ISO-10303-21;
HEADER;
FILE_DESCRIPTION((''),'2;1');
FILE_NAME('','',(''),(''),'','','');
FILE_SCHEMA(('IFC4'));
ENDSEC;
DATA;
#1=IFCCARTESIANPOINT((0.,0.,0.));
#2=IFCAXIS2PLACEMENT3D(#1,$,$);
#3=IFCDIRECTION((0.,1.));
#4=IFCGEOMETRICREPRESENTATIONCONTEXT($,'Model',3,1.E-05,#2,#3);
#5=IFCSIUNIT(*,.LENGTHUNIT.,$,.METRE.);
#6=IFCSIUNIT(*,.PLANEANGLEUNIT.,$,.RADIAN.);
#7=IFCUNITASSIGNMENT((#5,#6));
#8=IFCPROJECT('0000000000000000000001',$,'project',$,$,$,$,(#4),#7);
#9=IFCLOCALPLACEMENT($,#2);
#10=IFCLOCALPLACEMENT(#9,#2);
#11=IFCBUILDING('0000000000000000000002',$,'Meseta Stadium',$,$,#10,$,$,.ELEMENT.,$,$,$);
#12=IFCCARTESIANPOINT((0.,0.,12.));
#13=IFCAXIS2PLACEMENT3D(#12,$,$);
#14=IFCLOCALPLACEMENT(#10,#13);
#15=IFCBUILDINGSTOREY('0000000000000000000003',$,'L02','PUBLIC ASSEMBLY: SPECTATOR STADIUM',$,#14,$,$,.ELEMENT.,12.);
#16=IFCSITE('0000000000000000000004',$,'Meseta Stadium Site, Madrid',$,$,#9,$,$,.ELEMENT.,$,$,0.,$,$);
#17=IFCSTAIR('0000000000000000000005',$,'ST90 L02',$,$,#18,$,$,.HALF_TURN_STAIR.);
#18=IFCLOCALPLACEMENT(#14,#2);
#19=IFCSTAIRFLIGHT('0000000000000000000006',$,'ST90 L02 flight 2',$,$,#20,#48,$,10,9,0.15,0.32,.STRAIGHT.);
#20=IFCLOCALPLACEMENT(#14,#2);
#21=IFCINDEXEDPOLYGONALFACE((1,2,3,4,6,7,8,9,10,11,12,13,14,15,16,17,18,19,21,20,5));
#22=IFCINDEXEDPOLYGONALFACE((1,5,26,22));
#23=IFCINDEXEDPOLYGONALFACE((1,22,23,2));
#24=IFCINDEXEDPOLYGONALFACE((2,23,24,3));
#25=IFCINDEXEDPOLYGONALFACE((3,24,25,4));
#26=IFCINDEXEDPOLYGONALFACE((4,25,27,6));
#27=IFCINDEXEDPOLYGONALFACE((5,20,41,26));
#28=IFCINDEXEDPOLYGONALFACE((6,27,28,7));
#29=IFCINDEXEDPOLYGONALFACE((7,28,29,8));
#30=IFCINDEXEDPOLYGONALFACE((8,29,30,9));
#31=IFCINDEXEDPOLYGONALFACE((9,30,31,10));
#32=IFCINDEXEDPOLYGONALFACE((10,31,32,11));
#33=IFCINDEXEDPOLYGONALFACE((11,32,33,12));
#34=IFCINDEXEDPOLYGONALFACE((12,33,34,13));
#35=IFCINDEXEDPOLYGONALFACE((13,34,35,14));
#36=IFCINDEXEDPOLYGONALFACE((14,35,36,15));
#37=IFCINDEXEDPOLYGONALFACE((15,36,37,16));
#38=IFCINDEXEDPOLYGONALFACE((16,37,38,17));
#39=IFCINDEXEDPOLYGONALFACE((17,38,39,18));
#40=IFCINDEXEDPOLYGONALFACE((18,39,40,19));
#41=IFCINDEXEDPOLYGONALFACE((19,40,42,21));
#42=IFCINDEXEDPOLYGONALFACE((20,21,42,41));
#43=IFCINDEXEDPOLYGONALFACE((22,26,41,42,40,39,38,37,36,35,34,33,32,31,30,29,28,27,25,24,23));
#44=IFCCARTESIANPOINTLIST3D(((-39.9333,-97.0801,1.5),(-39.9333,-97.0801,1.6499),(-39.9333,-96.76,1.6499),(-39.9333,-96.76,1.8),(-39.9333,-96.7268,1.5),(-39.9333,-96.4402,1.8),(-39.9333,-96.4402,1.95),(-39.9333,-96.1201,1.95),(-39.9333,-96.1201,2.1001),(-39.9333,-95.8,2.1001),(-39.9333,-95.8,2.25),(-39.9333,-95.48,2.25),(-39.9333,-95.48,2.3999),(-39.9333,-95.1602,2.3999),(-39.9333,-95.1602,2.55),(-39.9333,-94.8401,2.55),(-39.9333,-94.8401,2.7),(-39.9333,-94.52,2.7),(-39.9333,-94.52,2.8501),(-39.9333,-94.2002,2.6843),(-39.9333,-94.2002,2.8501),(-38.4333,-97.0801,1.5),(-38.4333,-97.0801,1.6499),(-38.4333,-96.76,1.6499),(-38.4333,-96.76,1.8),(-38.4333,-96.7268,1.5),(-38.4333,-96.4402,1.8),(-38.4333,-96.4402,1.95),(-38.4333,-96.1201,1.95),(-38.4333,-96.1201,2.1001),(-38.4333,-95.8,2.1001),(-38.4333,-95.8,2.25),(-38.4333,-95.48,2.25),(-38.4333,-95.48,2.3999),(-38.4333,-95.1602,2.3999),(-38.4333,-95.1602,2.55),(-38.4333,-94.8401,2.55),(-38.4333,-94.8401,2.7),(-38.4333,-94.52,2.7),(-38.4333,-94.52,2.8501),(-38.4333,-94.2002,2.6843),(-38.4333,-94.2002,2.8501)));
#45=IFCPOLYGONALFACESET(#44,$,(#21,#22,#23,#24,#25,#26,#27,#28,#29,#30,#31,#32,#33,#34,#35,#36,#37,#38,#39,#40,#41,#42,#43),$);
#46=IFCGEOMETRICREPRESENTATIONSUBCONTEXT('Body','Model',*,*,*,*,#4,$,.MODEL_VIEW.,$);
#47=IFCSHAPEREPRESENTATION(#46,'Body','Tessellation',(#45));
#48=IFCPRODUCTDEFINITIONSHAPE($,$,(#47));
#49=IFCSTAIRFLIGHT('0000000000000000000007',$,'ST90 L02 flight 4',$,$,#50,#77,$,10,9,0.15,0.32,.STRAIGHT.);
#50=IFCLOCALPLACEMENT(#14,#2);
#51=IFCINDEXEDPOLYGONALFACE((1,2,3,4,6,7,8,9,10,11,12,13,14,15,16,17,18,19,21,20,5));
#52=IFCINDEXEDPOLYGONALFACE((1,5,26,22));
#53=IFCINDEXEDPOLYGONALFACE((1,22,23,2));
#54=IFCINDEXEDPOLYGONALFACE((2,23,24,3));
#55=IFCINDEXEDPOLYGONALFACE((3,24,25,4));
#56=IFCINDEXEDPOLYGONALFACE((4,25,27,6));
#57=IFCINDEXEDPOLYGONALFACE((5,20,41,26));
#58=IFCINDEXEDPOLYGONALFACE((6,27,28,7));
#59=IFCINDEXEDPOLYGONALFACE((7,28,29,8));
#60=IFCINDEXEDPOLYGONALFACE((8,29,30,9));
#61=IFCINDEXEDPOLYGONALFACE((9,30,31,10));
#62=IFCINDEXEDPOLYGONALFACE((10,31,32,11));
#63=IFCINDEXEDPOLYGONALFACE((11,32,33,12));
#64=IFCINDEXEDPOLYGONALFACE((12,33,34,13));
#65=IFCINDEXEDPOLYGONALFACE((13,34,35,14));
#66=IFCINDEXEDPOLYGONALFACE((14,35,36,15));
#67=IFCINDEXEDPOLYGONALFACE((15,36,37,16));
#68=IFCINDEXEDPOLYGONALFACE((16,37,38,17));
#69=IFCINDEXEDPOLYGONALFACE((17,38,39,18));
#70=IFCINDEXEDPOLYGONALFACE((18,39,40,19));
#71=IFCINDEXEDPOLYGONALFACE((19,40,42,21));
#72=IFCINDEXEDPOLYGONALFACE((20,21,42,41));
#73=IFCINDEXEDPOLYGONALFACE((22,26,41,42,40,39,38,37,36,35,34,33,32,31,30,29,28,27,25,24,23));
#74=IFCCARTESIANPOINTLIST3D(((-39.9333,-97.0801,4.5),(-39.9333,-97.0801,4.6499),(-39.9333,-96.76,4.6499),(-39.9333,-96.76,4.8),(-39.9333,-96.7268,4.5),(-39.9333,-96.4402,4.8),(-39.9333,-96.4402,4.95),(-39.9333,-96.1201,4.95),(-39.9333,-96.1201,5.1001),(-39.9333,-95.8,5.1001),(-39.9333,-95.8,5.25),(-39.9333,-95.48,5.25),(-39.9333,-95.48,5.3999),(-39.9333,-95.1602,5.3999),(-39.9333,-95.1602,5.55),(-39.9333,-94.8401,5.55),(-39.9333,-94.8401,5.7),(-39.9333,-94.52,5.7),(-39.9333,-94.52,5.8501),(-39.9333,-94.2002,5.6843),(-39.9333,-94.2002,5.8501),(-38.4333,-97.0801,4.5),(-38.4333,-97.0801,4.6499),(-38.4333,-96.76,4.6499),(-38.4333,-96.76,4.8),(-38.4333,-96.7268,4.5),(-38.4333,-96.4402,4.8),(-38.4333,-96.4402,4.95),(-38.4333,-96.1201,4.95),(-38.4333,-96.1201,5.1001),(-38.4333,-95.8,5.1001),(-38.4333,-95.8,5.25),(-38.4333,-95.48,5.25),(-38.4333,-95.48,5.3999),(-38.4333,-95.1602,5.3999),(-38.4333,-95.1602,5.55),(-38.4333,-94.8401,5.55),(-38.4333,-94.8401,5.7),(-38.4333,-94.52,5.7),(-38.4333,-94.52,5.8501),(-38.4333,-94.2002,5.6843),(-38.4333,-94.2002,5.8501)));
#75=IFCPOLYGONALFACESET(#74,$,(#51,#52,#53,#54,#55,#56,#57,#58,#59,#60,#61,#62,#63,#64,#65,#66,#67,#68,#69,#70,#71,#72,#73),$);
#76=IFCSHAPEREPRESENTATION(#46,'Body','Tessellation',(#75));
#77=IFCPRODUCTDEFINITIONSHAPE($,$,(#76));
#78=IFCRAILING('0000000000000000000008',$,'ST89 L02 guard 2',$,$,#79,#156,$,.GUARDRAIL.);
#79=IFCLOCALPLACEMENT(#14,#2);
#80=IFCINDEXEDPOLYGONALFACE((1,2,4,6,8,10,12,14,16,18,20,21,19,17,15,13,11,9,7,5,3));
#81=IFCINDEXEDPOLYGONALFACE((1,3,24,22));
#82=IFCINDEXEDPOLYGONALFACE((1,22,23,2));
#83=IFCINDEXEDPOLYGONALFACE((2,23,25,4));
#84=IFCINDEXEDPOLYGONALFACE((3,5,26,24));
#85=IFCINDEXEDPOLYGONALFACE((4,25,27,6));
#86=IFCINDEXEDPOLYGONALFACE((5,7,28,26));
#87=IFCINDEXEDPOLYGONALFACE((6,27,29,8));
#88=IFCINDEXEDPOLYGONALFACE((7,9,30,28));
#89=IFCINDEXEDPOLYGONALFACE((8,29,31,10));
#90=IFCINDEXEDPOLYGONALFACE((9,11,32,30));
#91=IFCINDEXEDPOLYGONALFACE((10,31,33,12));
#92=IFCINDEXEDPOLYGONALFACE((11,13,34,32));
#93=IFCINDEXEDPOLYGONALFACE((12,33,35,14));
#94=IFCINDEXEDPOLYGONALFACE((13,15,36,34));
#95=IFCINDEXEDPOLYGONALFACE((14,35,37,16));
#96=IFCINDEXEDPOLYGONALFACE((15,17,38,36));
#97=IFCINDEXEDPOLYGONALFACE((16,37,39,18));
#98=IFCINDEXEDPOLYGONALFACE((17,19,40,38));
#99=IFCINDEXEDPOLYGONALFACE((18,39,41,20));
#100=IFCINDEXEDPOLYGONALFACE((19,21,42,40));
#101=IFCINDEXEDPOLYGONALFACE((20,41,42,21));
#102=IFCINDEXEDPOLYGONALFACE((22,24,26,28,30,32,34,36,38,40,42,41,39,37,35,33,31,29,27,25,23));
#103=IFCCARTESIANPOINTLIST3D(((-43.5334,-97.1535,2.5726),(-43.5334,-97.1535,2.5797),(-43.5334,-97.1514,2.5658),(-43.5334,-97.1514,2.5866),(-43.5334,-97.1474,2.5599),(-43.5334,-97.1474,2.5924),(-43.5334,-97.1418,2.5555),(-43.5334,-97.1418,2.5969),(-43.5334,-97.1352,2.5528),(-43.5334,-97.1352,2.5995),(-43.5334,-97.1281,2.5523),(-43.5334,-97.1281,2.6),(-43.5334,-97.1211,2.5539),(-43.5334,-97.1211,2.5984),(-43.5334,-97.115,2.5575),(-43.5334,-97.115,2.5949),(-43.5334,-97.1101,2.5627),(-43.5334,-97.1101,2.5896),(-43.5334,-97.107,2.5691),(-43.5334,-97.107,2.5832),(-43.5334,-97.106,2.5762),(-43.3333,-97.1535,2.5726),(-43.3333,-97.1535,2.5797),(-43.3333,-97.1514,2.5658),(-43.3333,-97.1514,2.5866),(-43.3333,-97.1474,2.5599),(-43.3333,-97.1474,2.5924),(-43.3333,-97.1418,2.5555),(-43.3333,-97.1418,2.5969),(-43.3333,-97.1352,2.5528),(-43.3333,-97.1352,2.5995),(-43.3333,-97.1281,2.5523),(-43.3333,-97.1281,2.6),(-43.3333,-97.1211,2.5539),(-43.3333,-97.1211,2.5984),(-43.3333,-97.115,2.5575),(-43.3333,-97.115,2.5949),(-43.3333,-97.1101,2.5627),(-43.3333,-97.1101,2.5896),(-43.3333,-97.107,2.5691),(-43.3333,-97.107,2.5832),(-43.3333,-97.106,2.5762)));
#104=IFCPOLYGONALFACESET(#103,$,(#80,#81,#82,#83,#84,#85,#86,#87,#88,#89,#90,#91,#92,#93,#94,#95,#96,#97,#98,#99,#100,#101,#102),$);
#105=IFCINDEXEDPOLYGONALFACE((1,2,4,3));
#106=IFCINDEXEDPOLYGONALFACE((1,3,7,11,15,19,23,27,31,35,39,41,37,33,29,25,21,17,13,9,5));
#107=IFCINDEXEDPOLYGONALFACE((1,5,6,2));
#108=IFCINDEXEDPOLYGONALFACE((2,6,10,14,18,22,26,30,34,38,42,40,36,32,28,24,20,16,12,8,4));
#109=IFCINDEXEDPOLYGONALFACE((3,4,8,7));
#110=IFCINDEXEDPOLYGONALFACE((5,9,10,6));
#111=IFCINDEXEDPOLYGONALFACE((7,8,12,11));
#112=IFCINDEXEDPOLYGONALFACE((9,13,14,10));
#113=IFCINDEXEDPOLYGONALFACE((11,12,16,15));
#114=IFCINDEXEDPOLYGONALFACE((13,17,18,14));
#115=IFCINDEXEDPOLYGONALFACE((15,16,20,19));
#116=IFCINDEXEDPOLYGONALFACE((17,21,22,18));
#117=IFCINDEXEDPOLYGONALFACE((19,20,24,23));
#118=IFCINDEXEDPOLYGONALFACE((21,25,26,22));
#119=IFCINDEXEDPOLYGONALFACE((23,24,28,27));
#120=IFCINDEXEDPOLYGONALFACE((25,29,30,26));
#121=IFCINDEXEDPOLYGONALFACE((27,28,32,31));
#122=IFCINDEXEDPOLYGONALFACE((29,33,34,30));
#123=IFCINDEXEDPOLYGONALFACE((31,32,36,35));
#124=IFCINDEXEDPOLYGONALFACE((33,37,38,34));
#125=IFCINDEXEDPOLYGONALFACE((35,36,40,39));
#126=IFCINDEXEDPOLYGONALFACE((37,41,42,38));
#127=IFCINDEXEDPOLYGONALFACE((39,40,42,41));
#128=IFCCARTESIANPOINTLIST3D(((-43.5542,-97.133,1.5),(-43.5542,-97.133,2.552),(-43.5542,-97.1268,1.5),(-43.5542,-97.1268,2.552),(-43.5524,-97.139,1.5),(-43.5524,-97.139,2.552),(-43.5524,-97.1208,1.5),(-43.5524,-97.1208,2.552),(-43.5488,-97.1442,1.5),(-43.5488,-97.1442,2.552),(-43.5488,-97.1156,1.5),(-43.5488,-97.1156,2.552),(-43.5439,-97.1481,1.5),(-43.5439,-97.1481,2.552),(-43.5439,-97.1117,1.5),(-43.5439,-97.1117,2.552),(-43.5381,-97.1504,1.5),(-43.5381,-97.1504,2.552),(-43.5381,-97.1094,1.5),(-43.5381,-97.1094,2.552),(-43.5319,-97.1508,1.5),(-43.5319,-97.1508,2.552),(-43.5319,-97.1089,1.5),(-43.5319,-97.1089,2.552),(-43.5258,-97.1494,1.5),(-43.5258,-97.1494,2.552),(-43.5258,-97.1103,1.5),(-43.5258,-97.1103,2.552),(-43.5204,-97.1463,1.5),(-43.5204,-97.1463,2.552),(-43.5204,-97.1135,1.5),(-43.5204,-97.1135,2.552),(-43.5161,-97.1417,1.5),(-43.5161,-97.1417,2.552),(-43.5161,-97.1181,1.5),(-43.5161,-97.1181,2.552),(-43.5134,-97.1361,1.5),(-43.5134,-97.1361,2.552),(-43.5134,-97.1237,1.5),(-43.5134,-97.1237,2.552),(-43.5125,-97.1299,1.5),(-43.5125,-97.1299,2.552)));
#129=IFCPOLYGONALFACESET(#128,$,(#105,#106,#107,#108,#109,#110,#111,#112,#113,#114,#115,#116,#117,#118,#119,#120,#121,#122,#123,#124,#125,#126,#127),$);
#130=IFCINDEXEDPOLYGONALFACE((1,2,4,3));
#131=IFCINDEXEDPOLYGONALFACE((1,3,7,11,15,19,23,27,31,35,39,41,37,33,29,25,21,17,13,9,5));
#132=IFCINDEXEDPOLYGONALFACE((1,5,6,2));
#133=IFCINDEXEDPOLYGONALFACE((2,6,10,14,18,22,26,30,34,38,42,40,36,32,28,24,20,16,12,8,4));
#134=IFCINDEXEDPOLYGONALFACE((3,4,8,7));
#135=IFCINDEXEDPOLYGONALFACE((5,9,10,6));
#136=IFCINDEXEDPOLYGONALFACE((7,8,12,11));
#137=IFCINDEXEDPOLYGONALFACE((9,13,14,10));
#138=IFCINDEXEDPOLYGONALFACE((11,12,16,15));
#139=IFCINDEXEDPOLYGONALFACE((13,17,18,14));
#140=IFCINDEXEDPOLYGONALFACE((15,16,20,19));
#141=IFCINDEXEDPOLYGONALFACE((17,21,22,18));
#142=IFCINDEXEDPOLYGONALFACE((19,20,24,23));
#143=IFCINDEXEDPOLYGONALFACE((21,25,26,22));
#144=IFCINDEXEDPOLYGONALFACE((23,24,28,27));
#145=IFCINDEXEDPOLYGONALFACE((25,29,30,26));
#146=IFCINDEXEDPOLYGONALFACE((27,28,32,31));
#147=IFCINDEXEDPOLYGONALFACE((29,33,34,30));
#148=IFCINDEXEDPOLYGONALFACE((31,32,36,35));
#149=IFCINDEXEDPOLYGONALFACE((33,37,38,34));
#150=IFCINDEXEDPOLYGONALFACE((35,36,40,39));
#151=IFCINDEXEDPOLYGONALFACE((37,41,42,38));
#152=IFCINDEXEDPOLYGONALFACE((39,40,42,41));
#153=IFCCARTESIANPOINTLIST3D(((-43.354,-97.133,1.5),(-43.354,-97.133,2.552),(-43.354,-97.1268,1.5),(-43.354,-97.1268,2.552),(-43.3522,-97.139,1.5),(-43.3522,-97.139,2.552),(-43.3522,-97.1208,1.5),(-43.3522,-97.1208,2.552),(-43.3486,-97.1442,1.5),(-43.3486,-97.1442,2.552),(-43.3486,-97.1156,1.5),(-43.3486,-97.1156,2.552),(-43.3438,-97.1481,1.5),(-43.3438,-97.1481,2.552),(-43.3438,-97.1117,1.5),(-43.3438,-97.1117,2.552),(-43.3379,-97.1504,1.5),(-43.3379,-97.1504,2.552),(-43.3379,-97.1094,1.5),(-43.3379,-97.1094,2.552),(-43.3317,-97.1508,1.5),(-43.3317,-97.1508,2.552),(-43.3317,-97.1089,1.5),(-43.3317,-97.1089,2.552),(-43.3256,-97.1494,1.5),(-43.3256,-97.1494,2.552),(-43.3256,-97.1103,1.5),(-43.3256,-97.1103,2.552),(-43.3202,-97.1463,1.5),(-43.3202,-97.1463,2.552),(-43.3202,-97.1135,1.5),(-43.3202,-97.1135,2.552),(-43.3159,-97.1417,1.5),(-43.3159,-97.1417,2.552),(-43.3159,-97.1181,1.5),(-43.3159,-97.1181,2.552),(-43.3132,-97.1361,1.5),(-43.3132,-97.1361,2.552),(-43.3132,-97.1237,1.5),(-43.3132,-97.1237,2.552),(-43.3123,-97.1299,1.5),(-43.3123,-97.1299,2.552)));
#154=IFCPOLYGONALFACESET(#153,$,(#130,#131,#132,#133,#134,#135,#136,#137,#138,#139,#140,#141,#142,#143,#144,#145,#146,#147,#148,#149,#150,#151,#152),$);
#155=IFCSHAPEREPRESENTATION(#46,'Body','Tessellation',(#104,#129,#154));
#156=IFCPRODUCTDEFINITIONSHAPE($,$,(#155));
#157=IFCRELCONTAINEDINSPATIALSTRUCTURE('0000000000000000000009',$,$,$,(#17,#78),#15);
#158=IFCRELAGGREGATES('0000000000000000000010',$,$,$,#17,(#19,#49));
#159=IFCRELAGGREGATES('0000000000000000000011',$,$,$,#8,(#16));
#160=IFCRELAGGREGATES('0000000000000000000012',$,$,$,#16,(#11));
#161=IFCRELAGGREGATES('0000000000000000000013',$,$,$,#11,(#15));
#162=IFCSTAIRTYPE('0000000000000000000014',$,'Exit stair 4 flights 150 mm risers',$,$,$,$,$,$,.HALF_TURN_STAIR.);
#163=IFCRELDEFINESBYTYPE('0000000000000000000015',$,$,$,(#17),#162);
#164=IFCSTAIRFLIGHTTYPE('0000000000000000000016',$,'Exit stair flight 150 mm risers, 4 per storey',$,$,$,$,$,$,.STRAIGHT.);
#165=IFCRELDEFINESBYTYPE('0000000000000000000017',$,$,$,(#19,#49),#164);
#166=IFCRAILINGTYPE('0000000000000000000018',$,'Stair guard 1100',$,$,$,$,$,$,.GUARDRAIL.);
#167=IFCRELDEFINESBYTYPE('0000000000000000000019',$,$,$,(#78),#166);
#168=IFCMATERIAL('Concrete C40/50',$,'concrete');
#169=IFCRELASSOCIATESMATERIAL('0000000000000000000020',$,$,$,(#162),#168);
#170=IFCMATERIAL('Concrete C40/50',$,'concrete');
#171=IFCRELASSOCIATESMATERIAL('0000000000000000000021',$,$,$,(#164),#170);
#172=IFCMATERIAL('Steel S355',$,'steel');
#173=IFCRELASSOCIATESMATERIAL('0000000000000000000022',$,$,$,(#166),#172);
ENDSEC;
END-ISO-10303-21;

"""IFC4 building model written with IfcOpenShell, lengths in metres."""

from ifc_helpers import new_model, si_unit, direction, frame, origin, origin_2d, place, context, subcontext, project, spatial, polyline, circle, outline, extrude, material, type_object, element, aggregate, save


model = new_model("IFC4")

# Units and contexts
model_context = context("Model", 3, precision=1e-05, world=origin(), true_north=direction((0.0, 1.0)))
body_context = subcontext(model_context, "Body", "Model", "MODEL_VIEW")
ifc_project = project(units=[si_unit("LENGTHUNIT", "METRE"), si_unit("PLANEANGLEUNIT", "RADIAN")], contexts=[model_context])

# Site, building, storey
site_placement = place(None, origin())
site = spatial("IfcSite", under=ifc_project, at=site_placement, Name="Meseta Stadium Site, Madrid", CompositionType="ELEMENT", RefElevation=0.0)
building_placement = place(site_placement, origin())
building = spatial("IfcBuilding", under=site, at=building_placement, Name="Meseta Stadium", CompositionType="ELEMENT")
storey_placement = place(building_placement, frame((0.0, 0.0, 12.0)))
storey = spatial("IfcBuildingStorey", under=building, at=storey_placement, Name="L02", Description="PUBLIC ASSEMBLY: SPECTATOR STADIUM", CompositionType="ELEMENT", Elevation=12.0)

# Stair, stair flights
ifc_material_1 = material(Name="Concrete C40/50", Category="concrete")
stair_type = type_object("IfcStairType", Name="Exit stair 4 flights 150 mm risers", PredefinedType="HALF_TURN_STAIR", material=ifc_material_1)
ifc_material_2 = material(Name="Concrete C40/50", Category="concrete")
stair_flight_type = type_object("IfcStairFlightType", Name="Exit stair flight 150 mm risers, 4 per storey", PredefinedType="STRAIGHT", material=ifc_material_2)
stair_1_placement = place(storey_placement, origin())
stair_1 = element("IfcStair", 1, at=stair_1_placement, inside=storey, type_object=stair_type, Name="ST90 L02", PredefinedType="HALF_TURN_STAIR")
stair_flight_1_placement = place(storey_placement, frame((-39.1833, -97.0801, 1.5), z_axis=(0.0, 0.0, 1.0), x_axis=(0.0, 1.0, 0.0)))
stair_flight_1 = element("IfcStairFlight", 2, at=stair_flight_1_placement, type_object=stair_flight_type, Name="ST90 L02 flight 2", NumberOfRisers=10, NumberOfTreads=9, PredefinedType="STRAIGHT", RiserHeight=0.15, TreadLength=0.32, context=body_context, shape_type="SweptSolid", body=[
    extrude(outline(polyline([(0.0, 0.0), (0.0, 0.1499), (0.3201, 0.1499), (0.3201, 0.3), (0.6399, 0.3), (0.6399, 0.45), (0.96, 0.45), (0.96, 0.6001), (1.28, 0.6001), (1.28, 0.75), (1.6001, 0.75), (1.6001, 0.8999), (1.9199, 0.8999), (1.9199, 1.05), (2.24, 1.05), (2.24, 1.2), (2.5601, 1.2), (2.5601, 1.3501), (2.8799, 1.3501), (2.8799, 1.1843), (0.3533, 0.0), (0.0, 0.0)])), frame((0.0, 0.75, 0.0), z_axis=(0.0, -1.0, 0.0), x_axis=(1.0, 0.0, 0.0)), (0.0, 0.0, 1.0), 1.5),
])
stair_flight_2_placement = place(storey_placement, frame((-39.1833, -97.0801, 4.5), z_axis=(0.0, 0.0, 1.0), x_axis=(0.0, 1.0, 0.0)))
stair_flight_2 = element("IfcStairFlight", 3, at=stair_flight_2_placement, type_object=stair_flight_type, Name="ST90 L02 flight 4", NumberOfRisers=10, NumberOfTreads=9, PredefinedType="STRAIGHT", RiserHeight=0.15, TreadLength=0.32, context=body_context, shape_type="SweptSolid", body=[
    extrude(outline(polyline([(0.0, 0.0), (0.0, 0.1499), (0.3201, 0.1499), (0.3201, 0.3), (0.6399, 0.3), (0.6399, 0.45), (0.96, 0.45), (0.96, 0.6001), (1.28, 0.6001), (1.28, 0.75), (1.6001, 0.75), (1.6001, 0.8999), (1.9199, 0.8999), (1.9199, 1.05), (2.24, 1.05), (2.24, 1.2), (2.5601, 1.2), (2.5601, 1.3501), (2.8799, 1.3501), (2.8799, 1.1843), (0.3533, 0.0), (0.0, 0.0)])), frame((0.0, 0.75, 0.0), z_axis=(0.0, -1.0, 0.0), x_axis=(1.0, 0.0, 0.0)), (0.0, 0.0, 1.0), 1.5),
])
aggregate(stair_1, [stair_flight_1, stair_flight_2])

# Railing
ifc_material_3 = material(Name="Steel S355", Category="steel")
railing_type_1 = type_object("IfcRailingType", Name="Stair guard 1100", PredefinedType="GUARDRAIL", material=ifc_material_3)
railing_1_placement = place(storey_placement, frame((-43.5334, -97.1299, 1.5)))
element("IfcRailing", 4, at=railing_1_placement, inside=storey, type_object=railing_type_1, Name="ST89 L02 guard 2", PredefinedType="GUARDRAIL", context=body_context, shape_type="SweptSolid", body=[
    extrude(circle(Radius=0.0239, at=origin_2d()), frame((0.0, 0.0, 1.0762), z_axis=(1.0, 0.0, 0.0), x_axis=(0.0, 1.0, 0.0)), (0.0, 0.0, 1.0), 0.2002),
    extrude(circle(Radius=0.021, at=origin_2d()), origin(), (0.0, 0.0, 1.0), 1.052),
    extrude(circle(Radius=0.021, at=origin_2d()), frame((0.2002, 0.0, 0.0)), (0.0, 0.0, 1.0), 1.052),
])

save(model, "model.ifc")
